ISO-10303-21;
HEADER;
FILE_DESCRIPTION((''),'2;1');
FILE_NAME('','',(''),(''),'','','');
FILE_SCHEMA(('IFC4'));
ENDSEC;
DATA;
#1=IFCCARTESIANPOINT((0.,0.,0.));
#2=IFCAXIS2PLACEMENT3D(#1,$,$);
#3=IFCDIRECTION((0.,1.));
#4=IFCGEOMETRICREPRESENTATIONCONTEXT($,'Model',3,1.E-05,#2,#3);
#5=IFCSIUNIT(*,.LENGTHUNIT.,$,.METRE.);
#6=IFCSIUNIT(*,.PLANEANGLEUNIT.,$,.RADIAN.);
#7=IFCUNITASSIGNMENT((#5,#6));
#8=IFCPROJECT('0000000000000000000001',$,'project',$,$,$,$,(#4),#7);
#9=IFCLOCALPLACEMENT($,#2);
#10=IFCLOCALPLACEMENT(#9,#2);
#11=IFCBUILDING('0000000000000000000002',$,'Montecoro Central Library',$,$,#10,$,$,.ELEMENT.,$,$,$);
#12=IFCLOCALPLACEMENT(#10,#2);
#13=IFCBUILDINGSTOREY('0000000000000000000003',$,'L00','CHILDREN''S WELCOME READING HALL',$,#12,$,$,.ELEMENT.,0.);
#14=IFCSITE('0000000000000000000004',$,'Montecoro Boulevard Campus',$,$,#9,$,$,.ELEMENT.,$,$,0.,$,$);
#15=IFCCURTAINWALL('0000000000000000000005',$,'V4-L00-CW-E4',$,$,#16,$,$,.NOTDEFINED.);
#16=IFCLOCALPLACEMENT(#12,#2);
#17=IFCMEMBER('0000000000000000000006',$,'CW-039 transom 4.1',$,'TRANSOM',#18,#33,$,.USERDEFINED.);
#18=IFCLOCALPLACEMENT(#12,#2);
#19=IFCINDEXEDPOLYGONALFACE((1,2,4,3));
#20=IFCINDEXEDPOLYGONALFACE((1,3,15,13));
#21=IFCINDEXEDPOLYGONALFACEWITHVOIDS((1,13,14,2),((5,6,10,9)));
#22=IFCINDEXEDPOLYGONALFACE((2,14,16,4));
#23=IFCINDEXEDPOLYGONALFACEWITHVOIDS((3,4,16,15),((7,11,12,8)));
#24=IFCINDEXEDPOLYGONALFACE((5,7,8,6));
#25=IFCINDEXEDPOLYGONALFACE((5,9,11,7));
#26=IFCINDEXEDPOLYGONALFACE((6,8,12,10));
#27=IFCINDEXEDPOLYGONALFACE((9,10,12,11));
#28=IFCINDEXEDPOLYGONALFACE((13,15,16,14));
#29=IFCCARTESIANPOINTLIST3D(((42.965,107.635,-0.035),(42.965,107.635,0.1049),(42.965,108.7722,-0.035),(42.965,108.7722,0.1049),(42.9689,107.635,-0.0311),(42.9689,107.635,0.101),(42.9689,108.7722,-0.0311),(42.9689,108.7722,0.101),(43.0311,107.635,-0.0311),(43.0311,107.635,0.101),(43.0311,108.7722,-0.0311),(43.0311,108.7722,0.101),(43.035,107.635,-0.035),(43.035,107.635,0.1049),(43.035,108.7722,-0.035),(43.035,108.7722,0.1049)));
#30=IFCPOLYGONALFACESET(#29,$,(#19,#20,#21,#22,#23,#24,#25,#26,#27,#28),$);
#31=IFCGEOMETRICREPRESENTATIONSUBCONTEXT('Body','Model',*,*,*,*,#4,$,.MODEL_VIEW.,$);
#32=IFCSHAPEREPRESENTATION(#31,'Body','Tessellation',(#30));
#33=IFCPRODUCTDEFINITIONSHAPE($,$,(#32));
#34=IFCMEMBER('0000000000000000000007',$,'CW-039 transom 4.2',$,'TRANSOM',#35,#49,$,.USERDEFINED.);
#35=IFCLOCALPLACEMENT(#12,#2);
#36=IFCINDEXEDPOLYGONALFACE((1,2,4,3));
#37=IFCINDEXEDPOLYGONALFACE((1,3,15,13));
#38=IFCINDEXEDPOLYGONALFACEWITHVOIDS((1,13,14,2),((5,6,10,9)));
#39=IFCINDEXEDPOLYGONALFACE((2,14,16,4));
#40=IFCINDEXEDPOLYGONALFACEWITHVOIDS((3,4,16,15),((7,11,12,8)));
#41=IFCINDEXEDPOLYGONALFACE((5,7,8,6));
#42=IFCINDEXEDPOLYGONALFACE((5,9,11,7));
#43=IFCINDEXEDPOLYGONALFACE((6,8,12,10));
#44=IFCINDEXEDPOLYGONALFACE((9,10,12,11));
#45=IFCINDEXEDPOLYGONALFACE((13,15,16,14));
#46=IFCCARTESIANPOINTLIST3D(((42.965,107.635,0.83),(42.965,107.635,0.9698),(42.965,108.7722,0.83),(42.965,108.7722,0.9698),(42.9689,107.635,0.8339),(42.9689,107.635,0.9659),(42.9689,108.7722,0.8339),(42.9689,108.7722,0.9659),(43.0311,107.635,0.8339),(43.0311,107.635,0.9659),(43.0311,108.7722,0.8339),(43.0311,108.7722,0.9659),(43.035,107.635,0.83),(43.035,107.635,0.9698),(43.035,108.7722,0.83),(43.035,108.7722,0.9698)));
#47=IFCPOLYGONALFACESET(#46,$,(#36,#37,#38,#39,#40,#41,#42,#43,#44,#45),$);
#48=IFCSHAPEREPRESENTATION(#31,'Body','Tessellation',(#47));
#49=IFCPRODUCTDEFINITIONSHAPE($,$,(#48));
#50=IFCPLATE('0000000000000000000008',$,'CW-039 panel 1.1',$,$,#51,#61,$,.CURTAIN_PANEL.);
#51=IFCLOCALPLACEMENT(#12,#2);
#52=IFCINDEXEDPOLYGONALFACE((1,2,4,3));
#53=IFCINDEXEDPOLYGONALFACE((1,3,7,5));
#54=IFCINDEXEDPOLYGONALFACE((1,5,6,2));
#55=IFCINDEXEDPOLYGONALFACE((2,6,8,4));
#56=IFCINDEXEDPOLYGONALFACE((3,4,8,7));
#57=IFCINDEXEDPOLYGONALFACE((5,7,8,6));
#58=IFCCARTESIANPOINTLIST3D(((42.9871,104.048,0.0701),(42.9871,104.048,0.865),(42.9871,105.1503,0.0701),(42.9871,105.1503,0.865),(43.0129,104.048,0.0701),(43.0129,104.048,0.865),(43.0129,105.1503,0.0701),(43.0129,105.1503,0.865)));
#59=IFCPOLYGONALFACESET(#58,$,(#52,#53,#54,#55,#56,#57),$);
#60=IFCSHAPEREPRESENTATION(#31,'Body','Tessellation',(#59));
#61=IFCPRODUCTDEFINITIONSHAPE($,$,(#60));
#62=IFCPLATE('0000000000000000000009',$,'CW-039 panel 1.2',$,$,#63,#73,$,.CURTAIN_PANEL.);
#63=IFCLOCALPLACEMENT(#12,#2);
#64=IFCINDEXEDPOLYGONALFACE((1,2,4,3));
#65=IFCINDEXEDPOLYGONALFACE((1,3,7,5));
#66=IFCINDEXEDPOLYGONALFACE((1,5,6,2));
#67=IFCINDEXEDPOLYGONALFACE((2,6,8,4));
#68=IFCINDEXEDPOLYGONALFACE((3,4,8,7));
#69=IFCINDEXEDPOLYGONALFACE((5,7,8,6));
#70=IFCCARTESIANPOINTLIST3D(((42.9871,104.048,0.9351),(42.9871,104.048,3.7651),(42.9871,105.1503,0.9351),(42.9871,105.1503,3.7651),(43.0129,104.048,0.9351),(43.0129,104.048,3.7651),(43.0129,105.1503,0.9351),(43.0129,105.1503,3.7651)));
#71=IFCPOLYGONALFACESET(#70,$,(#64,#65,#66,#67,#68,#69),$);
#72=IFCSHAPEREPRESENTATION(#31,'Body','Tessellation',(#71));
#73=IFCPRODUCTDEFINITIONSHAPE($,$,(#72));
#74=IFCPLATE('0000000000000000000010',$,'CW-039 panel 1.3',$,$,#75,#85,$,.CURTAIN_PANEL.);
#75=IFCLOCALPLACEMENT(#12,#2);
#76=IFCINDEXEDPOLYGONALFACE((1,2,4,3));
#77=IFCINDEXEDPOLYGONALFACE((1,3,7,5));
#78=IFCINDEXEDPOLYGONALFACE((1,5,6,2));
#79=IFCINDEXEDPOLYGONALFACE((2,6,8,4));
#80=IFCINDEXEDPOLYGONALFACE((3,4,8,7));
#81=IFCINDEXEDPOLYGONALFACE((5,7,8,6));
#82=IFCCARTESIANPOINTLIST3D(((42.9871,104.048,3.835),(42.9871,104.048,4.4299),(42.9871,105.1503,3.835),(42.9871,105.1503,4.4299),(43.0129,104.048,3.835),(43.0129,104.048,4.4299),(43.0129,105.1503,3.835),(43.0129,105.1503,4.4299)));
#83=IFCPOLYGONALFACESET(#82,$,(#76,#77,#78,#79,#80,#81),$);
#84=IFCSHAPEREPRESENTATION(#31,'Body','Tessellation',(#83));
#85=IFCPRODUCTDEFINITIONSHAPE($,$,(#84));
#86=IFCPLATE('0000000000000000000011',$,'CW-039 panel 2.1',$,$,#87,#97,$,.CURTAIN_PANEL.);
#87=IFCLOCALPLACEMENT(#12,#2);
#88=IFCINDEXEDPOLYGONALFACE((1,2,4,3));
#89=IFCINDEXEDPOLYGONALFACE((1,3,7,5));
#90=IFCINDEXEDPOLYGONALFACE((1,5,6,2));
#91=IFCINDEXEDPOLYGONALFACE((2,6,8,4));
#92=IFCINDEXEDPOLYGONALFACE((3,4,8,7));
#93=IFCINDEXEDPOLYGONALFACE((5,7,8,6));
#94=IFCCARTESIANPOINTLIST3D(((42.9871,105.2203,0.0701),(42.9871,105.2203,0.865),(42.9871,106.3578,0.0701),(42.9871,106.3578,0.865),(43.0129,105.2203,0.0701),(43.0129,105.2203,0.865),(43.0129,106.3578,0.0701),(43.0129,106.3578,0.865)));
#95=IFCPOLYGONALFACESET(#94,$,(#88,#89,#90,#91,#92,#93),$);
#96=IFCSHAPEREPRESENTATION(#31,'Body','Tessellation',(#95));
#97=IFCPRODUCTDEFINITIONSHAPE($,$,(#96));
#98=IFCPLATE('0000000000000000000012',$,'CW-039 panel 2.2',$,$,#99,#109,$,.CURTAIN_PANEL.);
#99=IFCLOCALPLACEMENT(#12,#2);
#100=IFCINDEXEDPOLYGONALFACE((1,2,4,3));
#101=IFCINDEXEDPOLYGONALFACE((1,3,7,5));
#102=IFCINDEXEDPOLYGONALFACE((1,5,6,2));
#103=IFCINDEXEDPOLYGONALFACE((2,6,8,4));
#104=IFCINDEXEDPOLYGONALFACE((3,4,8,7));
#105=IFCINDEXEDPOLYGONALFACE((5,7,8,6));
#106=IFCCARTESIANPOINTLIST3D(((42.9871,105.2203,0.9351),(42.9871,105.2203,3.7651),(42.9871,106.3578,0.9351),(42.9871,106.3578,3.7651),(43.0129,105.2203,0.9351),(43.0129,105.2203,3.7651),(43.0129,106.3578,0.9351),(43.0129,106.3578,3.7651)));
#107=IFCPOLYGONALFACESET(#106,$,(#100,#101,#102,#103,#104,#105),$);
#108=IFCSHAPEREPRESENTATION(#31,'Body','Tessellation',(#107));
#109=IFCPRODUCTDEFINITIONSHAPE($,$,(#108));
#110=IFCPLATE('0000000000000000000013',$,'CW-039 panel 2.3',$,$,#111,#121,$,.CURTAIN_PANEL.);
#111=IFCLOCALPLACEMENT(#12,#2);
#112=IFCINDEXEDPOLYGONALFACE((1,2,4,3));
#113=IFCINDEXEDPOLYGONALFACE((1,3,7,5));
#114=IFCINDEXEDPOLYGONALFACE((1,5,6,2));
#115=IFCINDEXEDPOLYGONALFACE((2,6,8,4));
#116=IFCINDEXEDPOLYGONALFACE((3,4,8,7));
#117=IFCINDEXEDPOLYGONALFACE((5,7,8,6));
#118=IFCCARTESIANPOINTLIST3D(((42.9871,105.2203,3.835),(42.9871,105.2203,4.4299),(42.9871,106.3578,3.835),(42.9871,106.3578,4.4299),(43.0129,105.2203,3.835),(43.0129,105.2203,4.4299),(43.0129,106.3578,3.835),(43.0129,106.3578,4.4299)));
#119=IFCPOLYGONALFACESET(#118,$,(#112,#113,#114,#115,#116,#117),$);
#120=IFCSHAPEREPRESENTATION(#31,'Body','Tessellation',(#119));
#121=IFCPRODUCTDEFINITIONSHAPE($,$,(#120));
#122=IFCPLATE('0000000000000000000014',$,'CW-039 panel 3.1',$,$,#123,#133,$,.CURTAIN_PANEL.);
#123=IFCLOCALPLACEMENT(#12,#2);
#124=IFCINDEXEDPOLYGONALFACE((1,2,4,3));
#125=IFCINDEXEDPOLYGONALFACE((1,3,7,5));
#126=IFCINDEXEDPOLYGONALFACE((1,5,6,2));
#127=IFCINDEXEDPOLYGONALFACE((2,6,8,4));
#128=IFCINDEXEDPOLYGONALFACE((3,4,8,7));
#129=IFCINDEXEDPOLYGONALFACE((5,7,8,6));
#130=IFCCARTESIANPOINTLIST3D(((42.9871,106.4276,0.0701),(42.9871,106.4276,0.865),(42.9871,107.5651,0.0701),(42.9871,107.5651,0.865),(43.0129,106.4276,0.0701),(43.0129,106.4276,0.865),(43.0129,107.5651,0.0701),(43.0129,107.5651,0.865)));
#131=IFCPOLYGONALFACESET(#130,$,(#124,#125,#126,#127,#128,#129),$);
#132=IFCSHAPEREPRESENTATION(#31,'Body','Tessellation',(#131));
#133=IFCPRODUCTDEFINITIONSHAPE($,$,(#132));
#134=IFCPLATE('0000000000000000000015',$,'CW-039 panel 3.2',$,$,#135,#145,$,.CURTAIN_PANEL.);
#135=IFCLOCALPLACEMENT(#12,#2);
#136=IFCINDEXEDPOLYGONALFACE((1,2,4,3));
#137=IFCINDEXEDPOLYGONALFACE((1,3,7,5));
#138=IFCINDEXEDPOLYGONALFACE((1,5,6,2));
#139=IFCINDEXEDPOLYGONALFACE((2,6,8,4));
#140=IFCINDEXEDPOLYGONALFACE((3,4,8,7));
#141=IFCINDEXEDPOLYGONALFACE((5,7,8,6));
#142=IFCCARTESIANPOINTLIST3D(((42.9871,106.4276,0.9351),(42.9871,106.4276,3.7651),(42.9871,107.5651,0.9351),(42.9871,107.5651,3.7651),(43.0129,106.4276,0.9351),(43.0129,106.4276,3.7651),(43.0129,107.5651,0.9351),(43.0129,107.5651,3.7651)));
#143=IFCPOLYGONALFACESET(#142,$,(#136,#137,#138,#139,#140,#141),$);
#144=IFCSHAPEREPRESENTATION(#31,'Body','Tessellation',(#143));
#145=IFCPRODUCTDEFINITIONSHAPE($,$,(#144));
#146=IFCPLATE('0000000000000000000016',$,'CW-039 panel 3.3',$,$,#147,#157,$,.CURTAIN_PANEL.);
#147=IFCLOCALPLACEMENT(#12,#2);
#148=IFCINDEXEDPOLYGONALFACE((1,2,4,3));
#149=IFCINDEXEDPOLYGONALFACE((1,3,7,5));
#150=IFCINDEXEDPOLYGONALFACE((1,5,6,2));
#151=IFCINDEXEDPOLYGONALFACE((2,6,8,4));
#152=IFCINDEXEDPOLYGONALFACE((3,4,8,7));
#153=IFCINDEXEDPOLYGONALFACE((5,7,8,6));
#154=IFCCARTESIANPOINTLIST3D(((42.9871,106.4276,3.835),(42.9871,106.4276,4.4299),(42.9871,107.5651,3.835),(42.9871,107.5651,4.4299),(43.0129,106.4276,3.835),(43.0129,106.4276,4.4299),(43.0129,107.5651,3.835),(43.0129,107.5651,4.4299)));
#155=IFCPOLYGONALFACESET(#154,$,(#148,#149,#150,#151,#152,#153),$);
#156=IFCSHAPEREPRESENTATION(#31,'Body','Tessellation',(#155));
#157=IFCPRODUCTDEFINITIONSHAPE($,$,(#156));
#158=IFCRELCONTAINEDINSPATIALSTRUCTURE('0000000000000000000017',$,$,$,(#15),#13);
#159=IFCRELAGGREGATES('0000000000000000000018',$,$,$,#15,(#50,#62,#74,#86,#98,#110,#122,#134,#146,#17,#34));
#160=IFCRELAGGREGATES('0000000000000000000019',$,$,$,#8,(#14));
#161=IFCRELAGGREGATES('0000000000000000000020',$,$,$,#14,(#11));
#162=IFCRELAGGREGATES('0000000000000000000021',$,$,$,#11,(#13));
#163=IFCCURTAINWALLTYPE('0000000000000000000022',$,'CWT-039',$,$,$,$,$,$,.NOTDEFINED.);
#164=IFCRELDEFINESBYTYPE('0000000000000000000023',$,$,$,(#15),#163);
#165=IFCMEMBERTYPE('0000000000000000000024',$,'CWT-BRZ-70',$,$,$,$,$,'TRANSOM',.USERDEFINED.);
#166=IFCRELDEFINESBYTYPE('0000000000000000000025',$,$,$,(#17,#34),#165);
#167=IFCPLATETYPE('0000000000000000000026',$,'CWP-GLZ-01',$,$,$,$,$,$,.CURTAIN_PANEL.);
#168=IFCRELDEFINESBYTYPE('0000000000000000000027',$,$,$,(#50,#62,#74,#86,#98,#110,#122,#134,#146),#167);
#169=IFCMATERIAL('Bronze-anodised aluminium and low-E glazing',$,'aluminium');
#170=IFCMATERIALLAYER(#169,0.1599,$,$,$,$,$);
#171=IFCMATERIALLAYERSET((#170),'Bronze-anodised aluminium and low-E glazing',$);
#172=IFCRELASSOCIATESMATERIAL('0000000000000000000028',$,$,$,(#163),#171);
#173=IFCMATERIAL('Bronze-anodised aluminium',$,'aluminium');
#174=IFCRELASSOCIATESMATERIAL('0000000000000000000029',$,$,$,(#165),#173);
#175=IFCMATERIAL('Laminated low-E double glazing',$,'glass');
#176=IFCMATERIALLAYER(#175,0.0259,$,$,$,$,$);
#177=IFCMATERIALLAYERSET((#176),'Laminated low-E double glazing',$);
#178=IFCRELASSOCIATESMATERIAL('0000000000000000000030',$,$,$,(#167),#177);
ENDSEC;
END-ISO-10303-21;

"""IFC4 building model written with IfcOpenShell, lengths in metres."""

from ifc_helpers import new_model, si_unit, direction, frame, origin, origin_2d, place, context, subcontext, project, spatial, rectangle, hollow_rectangle, extrude, material, layer, layer_set, material_profile, profile_set, type_object, element, aggregate, save


model = new_model("IFC4")

# Units and contexts
model_context = context("Model", 3, precision=1e-05, world=origin(), true_north=direction((0.0, 1.0)))
body_context = subcontext(model_context, "Body", "Model", "MODEL_VIEW")
ifc_project = project(units=[si_unit("LENGTHUNIT", "METRE"), si_unit("PLANEANGLEUNIT", "RADIAN")], contexts=[model_context])

# Site, building, storey
site_placement = place(None, origin())
site = spatial("IfcSite", under=ifc_project, at=site_placement, Name="Montecoro Boulevard Campus", CompositionType="ELEMENT", RefElevation=0.0)
building_placement = place(site_placement, origin())
building = spatial("IfcBuilding", under=site, at=building_placement, Name="Montecoro Central Library", CompositionType="ELEMENT")
storey_placement = place(building_placement, origin())
storey = spatial("IfcBuildingStorey", under=building, at=storey_placement, Name="L00", Description="CHILDREN'S WELCOME READING HALL", CompositionType="ELEMENT", Elevation=0.0)

# Curtain wall, members, plates
ifc_material_1 = material(Name="Bronze-anodised aluminium and low-E glazing", Category="aluminium")
ifc_layer_1 = layer(ifc_material_1, 0.1599)
ifc_layer_set_1 = layer_set([ifc_layer_1], Name="Bronze-anodised aluminium and low-E glazing")
curtain_wall_type = type_object("IfcCurtainWallType", Name="CWT-039", PredefinedType="NOTDEFINED", material=ifc_layer_set_1)
curtain_wall_placement = place(storey_placement, origin())
curtain_wall = element("IfcCurtainWall", 1, at=curtain_wall_placement, inside=storey, type_object=curtain_wall_type, Name="V4-L00-CW-E4", PredefinedType="NOTDEFINED")
ifc_material_2 = material(Name="Bronze-anodised aluminium", Category="aluminium")
ifc_material_profile_1 = material_profile(ifc_material_2, hollow_rectangle(XDim=0.0701, YDim=0.1399, WallThickness=0.0039, at=origin_2d()), Name="CWT 140x70x4.0")
ifc_profile_set_1 = profile_set([ifc_material_profile_1], Name="Bronze-anodised aluminium")
member_type_1 = type_object("IfcMemberType", Name="CWT-BRZ-70", ElementType="TRANSOM", PredefinedType="USERDEFINED", material=ifc_profile_set_1)
member_1_placement = place(storey_placement, frame((43.0, 107.635, 0.0349), z_axis=(0.0, 1.0, 0.0), x_axis=(-1.0, 0.0, 0.0)))
member_1 = element("IfcMember", 2, at=member_1_placement, type_object=member_type_1, Name="CW-039 transom 4.1", ObjectType="TRANSOM", PredefinedType="USERDEFINED", context=body_context, shape_type="SweptSolid", body=[
    extrude(hollow_rectangle(XDim=0.0701, YDim=0.1399, WallThickness=0.0039, at=origin_2d()), origin(), (0.0, 0.0, 1.0), 1.1372),
])
member_2_placement = place(storey_placement, frame((43.0, 107.635, 0.8999), z_axis=(0.0, 1.0, 0.0), x_axis=(-1.0, 0.0, 0.0)))
member_2 = element("IfcMember", 3, at=member_2_placement, type_object=member_type_1, Name="CW-039 transom 4.2", ObjectType="TRANSOM", PredefinedType="USERDEFINED", context=body_context, shape_type="SweptSolid", body=[
    extrude(hollow_rectangle(XDim=0.0701, YDim=0.1399, WallThickness=0.0039, at=origin_2d()), origin(), (0.0, 0.0, 1.0), 1.1372),
])
ifc_material_3 = material(Name="Laminated low-E double glazing", Category="glass")
ifc_layer_2 = layer(ifc_material_3, 0.0259)
ifc_layer_set_2 = layer_set([ifc_layer_2], Name="Laminated low-E double glazing")
plate_type = type_object("IfcPlateType", Name="CWP-GLZ-01", PredefinedType="CURTAIN_PANEL", material=ifc_layer_set_2)
plate_1_placement = place(storey_placement, frame((43.0, 104.5991, 0.0701), z_axis=(0.0, 0.0, 1.0), x_axis=(0.0, 1.0, 0.0)))
plate_1 = element("IfcPlate", 4, at=plate_1_placement, type_object=plate_type, Name="CW-039 panel 1.1", PredefinedType="CURTAIN_PANEL", context=body_context, shape_type="SweptSolid", body=[
    extrude(rectangle(XDim=1.1023, YDim=0.0259, at=origin_2d()), origin(), (0.0, 0.0, 1.0), 0.7949),
])
plate_2_placement = place(storey_placement, frame((43.0, 104.5991, 0.9351), z_axis=(0.0, 0.0, 1.0), x_axis=(0.0, 1.0, 0.0)))
plate_2 = element("IfcPlate", 5, at=plate_2_placement, type_object=plate_type, Name="CW-039 panel 1.2", PredefinedType="CURTAIN_PANEL", context=body_context, shape_type="SweptSolid", body=[
    extrude(rectangle(XDim=1.1023, YDim=0.0259, at=origin_2d()), origin(), (0.0, 0.0, 1.0), 2.8301),
])
plate_3_placement = place(storey_placement, frame((43.0, 104.5991, 3.835), z_axis=(0.0, 0.0, 1.0), x_axis=(0.0, 1.0, 0.0)))
plate_3 = element("IfcPlate", 6, at=plate_3_placement, type_object=plate_type, Name="CW-039 panel 1.3", PredefinedType="CURTAIN_PANEL", context=body_context, shape_type="SweptSolid", body=[
    extrude(rectangle(XDim=1.1023, YDim=0.0259, at=origin_2d()), origin(), (0.0, 0.0, 1.0), 0.595),
])
plate_4_placement = place(storey_placement, frame((43.0, 105.7891, 0.0701), z_axis=(0.0, 0.0, 1.0), x_axis=(0.0, 1.0, 0.0)))
plate_4 = element("IfcPlate", 7, at=plate_4_placement, type_object=plate_type, Name="CW-039 panel 2.1", PredefinedType="CURTAIN_PANEL", context=body_context, shape_type="SweptSolid", body=[
    extrude(rectangle(XDim=1.1375, YDim=0.0259, at=origin_2d()), origin(), (0.0, 0.0, 1.0), 0.7949),
])
plate_5_placement = place(storey_placement, frame((43.0, 105.7891, 0.9351), z_axis=(0.0, 0.0, 1.0), x_axis=(0.0, 1.0, 0.0)))
plate_5 = element("IfcPlate", 8, at=plate_5_placement, type_object=plate_type, Name="CW-039 panel 2.2", PredefinedType="CURTAIN_PANEL", context=body_context, shape_type="SweptSolid", body=[
    extrude(rectangle(XDim=1.1375, YDim=0.0259, at=origin_2d()), origin(), (0.0, 0.0, 1.0), 2.8301),
])
plate_6_placement = place(storey_placement, frame((43.0, 105.7891, 3.835), z_axis=(0.0, 0.0, 1.0), x_axis=(0.0, 1.0, 0.0)))
plate_6 = element("IfcPlate", 9, at=plate_6_placement, type_object=plate_type, Name="CW-039 panel 2.3", PredefinedType="CURTAIN_PANEL", context=body_context, shape_type="SweptSolid", body=[
    extrude(rectangle(XDim=1.1375, YDim=0.0259, at=origin_2d()), origin(), (0.0, 0.0, 1.0), 0.595),
])
plate_7_placement = place(storey_placement, frame((43.0, 106.9963, 0.0701), z_axis=(0.0, 0.0, 1.0), x_axis=(0.0, 1.0, 0.0)))
plate_7 = element("IfcPlate", 10, at=plate_7_placement, type_object=plate_type, Name="CW-039 panel 3.1", PredefinedType="CURTAIN_PANEL", context=body_context, shape_type="SweptSolid", body=[
    extrude(rectangle(XDim=1.1375, YDim=0.0259, at=origin_2d()), origin(), (0.0, 0.0, 1.0), 0.7949),
])
plate_8_placement = place(storey_placement, frame((43.0, 106.9963, 0.9351), z_axis=(0.0, 0.0, 1.0), x_axis=(0.0, 1.0, 0.0)))
plate_8 = element("IfcPlate", 11, at=plate_8_placement, type_object=plate_type, Name="CW-039 panel 3.2", PredefinedType="CURTAIN_PANEL", context=body_context, shape_type="SweptSolid", body=[
    extrude(rectangle(XDim=1.1375, YDim=0.0259, at=origin_2d()), origin(), (0.0, 0.0, 1.0), 2.8301),
])
plate_9_placement = place(storey_placement, frame((43.0, 106.9963, 3.835), z_axis=(0.0, 0.0, 1.0), x_axis=(0.0, 1.0, 0.0)))
plate_9 = element("IfcPlate", 12, at=plate_9_placement, type_object=plate_type, Name="CW-039 panel 3.3", PredefinedType="CURTAIN_PANEL", context=body_context, shape_type="SweptSolid", body=[
    extrude(rectangle(XDim=1.1375, YDim=0.0259, at=origin_2d()), origin(), (0.0, 0.0, 1.0), 0.595),
])
aggregate(curtain_wall, [plate_1, plate_2, plate_3, plate_4, plate_5, plate_6, plate_7, plate_8, plate_9, member_1, member_2])

save(model, "model.ifc")
